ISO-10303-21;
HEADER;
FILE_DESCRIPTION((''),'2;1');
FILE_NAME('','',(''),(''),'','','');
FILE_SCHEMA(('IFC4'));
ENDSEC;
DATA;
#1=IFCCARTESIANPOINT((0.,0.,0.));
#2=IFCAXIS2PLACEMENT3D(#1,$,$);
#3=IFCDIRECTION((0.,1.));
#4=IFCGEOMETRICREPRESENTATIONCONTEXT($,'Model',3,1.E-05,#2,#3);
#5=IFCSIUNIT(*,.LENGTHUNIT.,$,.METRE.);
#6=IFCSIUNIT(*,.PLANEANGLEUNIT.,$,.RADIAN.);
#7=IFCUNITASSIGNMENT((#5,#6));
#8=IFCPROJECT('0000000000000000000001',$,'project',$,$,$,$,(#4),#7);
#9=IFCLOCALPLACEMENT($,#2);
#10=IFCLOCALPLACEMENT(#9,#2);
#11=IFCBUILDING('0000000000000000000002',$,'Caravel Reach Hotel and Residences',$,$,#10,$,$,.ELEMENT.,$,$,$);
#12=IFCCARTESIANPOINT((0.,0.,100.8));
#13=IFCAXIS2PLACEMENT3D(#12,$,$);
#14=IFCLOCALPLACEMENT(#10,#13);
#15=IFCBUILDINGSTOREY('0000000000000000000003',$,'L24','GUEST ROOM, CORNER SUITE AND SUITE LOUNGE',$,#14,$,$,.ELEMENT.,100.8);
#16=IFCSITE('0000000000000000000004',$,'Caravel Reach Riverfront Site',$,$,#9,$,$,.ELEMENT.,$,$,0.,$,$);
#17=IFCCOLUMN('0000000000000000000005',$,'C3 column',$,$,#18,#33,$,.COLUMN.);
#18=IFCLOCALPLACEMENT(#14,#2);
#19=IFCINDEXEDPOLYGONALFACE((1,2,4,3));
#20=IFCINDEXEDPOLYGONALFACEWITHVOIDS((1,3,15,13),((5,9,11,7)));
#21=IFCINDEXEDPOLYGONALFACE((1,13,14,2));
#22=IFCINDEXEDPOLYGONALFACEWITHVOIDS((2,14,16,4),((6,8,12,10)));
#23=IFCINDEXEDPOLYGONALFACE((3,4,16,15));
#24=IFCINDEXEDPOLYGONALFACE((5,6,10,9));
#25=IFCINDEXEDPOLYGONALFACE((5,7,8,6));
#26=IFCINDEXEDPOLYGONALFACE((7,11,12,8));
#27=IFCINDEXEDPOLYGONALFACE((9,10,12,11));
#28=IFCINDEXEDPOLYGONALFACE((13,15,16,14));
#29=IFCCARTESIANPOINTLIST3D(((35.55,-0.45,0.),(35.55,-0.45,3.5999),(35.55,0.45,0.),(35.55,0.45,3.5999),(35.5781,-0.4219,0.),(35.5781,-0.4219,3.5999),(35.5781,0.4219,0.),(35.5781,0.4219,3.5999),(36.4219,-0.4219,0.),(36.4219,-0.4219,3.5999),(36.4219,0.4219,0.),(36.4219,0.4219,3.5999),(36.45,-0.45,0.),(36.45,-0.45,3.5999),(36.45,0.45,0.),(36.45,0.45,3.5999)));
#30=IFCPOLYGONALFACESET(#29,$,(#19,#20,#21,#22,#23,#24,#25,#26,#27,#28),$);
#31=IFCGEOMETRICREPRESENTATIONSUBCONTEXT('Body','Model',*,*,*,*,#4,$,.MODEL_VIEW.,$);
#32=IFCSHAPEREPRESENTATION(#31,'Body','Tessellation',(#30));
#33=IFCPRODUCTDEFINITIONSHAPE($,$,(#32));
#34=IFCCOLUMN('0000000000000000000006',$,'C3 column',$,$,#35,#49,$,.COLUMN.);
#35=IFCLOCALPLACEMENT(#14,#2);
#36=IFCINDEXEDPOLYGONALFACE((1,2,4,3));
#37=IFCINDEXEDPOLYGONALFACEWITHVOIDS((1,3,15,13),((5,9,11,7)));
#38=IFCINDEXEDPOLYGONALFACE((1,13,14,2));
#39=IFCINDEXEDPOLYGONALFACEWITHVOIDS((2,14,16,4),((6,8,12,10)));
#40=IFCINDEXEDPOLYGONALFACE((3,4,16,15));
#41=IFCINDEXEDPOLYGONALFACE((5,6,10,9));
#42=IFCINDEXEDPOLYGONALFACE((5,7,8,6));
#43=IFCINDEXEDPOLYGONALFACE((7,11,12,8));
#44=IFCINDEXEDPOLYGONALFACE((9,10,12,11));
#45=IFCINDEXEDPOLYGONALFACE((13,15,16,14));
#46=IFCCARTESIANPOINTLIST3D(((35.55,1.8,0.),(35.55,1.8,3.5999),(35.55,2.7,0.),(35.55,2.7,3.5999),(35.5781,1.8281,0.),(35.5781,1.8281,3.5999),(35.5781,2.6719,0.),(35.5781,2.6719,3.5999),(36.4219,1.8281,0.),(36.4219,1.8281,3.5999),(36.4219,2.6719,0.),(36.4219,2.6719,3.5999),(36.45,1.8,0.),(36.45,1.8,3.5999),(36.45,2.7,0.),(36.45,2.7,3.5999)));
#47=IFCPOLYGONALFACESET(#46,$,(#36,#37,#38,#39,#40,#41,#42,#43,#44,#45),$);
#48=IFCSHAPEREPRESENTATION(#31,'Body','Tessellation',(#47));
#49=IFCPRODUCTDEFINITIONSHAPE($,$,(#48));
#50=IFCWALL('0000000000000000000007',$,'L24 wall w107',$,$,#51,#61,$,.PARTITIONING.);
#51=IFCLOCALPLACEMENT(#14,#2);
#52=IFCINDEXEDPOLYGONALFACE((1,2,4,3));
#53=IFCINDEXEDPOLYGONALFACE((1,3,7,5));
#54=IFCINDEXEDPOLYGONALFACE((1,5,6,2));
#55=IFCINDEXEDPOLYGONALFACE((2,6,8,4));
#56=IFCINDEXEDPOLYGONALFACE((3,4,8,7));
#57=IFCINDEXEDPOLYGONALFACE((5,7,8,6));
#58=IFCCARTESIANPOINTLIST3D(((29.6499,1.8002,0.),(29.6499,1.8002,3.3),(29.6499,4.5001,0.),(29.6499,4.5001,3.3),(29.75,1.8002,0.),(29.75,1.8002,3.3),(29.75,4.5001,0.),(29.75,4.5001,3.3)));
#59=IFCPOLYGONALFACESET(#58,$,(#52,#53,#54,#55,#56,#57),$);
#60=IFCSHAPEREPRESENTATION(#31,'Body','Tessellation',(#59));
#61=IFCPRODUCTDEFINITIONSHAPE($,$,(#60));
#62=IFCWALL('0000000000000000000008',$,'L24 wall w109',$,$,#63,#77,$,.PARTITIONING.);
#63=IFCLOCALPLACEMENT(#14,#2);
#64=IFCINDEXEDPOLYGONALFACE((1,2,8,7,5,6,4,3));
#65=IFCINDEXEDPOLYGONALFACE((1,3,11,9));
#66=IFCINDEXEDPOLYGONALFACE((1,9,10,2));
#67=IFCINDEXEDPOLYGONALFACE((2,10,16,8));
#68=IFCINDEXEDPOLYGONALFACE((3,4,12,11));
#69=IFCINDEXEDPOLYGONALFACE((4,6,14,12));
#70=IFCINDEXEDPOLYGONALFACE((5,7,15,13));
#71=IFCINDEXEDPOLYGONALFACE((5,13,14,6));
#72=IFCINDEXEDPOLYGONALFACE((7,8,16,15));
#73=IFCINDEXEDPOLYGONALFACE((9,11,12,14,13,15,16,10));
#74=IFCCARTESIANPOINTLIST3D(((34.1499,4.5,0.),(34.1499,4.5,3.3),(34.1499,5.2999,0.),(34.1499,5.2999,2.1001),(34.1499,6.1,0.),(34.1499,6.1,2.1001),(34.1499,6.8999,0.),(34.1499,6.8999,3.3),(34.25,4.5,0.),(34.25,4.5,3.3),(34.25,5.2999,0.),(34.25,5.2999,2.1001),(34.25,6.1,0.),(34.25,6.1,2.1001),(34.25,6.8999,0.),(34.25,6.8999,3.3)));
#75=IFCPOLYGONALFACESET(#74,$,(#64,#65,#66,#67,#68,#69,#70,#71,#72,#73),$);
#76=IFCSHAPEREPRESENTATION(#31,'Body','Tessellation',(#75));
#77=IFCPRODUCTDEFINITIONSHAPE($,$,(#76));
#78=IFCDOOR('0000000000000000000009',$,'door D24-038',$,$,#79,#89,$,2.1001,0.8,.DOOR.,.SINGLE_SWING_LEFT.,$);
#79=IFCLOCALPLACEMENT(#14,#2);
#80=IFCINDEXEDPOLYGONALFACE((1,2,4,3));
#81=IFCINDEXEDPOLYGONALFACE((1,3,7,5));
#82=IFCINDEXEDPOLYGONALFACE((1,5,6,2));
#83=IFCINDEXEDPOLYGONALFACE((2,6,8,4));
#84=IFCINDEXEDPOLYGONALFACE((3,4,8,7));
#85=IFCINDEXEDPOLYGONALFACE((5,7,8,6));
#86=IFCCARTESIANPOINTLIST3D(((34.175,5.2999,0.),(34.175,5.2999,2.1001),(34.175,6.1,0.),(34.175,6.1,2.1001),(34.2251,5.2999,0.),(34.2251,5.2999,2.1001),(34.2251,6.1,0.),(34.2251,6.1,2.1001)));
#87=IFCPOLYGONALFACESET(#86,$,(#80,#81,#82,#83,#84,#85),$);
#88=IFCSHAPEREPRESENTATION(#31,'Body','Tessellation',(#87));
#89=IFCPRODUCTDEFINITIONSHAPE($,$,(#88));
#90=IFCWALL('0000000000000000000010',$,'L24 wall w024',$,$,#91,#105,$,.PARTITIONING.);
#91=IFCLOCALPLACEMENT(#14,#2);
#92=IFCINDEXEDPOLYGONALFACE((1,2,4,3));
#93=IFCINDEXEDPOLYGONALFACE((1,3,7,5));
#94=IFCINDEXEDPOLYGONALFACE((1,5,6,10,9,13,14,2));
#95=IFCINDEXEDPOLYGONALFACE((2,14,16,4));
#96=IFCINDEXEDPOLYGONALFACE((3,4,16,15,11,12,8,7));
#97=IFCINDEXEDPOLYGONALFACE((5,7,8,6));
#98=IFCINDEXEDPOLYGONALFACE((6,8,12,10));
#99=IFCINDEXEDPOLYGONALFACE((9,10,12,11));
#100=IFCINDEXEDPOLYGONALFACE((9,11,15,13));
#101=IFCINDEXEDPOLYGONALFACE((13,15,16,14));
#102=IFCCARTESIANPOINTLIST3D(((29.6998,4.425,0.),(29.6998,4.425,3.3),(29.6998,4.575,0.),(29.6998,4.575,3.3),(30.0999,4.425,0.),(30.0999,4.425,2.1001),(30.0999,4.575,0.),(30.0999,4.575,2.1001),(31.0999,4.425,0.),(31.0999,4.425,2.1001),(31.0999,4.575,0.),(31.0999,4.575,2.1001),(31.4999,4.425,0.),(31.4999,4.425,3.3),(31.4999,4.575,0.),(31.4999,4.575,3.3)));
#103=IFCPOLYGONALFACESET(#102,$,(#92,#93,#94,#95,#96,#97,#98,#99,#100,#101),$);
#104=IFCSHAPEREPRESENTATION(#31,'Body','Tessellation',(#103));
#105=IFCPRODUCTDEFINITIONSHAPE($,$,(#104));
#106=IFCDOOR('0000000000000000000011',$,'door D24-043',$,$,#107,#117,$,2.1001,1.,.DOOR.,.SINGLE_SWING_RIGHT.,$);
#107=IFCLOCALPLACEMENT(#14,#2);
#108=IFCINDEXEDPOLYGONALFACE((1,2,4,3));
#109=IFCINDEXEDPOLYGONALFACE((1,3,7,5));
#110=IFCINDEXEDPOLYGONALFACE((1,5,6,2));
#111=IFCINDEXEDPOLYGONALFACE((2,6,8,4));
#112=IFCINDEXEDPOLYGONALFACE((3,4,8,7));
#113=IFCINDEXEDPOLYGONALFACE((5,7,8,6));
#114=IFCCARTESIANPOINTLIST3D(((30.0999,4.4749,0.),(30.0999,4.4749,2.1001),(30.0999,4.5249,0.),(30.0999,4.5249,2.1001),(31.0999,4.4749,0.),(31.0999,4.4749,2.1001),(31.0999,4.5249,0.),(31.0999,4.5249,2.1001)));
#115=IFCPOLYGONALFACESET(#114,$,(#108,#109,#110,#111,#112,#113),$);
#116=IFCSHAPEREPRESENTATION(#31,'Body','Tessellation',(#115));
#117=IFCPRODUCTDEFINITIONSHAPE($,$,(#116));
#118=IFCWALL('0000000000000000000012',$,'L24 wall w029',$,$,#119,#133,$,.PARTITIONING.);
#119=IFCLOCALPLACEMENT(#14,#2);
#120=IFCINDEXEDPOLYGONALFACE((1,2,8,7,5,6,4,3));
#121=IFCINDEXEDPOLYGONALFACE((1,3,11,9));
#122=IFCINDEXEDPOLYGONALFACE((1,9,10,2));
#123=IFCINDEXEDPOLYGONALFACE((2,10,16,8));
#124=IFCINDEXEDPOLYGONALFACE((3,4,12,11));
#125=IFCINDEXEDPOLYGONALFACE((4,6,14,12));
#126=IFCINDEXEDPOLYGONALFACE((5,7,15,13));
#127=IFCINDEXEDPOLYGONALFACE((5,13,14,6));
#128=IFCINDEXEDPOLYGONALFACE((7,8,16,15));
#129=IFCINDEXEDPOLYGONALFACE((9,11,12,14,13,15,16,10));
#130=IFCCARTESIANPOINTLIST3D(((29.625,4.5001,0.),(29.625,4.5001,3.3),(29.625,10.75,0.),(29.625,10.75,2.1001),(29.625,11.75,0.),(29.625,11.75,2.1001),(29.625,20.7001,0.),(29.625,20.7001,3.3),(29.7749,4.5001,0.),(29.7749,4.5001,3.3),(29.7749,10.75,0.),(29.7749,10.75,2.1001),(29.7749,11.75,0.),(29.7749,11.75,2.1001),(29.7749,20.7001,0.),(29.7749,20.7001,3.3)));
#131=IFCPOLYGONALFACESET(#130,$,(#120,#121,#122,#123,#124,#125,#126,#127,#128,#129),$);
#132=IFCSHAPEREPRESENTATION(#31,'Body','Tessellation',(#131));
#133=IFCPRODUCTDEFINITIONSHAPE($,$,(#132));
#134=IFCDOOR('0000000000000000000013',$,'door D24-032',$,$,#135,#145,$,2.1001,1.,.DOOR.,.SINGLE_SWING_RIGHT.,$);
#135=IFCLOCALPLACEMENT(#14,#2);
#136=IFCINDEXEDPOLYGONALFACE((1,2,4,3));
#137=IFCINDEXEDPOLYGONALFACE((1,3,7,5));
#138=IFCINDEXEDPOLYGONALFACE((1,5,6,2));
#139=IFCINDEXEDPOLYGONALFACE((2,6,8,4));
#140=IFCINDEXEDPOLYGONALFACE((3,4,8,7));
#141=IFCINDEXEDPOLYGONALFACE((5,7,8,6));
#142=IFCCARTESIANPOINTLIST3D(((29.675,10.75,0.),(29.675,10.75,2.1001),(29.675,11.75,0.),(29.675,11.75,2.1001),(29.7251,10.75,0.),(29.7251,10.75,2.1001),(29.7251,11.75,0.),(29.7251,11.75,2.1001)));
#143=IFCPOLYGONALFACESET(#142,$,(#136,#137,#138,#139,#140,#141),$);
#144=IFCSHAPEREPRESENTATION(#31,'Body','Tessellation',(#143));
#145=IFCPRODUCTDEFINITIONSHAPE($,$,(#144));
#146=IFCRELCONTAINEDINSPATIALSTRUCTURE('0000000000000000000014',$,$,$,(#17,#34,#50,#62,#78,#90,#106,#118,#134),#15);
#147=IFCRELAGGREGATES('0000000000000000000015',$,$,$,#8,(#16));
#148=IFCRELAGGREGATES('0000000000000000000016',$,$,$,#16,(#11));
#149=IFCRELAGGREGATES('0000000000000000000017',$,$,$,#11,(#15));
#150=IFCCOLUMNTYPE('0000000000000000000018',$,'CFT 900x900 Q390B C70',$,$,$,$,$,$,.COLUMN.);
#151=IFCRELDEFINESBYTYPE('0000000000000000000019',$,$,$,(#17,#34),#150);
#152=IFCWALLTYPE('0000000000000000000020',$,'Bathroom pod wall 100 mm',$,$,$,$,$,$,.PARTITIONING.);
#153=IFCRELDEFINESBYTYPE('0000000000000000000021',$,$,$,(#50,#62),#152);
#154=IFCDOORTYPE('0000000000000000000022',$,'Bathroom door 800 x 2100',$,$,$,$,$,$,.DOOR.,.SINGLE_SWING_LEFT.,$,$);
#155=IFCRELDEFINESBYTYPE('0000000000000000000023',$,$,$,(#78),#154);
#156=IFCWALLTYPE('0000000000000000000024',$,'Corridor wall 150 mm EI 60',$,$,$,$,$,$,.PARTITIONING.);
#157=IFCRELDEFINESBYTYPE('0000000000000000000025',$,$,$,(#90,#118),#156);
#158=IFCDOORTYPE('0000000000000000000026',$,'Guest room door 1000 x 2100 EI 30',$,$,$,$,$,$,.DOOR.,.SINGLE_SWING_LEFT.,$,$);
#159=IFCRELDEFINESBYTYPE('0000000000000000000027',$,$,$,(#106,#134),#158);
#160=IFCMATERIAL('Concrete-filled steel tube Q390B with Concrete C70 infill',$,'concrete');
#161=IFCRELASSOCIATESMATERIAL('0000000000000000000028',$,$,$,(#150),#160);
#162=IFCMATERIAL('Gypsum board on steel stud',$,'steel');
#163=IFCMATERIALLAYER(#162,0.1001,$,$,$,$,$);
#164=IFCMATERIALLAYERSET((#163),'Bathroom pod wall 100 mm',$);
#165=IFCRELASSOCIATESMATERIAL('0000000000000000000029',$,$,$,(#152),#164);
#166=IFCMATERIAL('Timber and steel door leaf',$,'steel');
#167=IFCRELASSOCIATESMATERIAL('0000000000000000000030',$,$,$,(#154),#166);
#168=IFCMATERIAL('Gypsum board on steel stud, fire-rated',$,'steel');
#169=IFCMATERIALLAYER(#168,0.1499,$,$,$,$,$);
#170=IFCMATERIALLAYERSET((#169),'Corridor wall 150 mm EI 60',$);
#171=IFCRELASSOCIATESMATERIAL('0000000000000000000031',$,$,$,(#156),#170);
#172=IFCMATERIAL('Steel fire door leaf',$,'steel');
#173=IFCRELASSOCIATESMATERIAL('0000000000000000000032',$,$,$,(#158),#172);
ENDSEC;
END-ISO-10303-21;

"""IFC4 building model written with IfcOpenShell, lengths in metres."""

from ifc_helpers import new_model, si_unit, direction, frame, frame_2d, origin, origin_2d, place, context, subcontext, project, spatial, rectangle, hollow_rectangle, extrude, material, layer, layer_set, material_profile, profile_set, type_object, element, fill, save


model = new_model("IFC4")

# Units and contexts
model_context = context("Model", 3, precision=1e-05, world=origin(), true_north=direction((0.0, 1.0)))
body_context = subcontext(model_context, "Body", "Model", "MODEL_VIEW")
ifc_project = project(units=[si_unit("LENGTHUNIT", "METRE"), si_unit("PLANEANGLEUNIT", "RADIAN")], contexts=[model_context])

# Site, building, storey
site_placement = place(None, origin())
site = spatial("IfcSite", under=ifc_project, at=site_placement, Name="Caravel Reach Riverfront Site", CompositionType="ELEMENT", RefElevation=0.0)
building_placement = place(site_placement, origin())
building = spatial("IfcBuilding", under=site, at=building_placement, Name="Caravel Reach Hotel and Residences", CompositionType="ELEMENT")
storey_placement = place(building_placement, frame((0.0, 0.0, 100.8)))
storey = spatial("IfcBuildingStorey", under=building, at=storey_placement, Name="L24", Description="GUEST ROOM, CORNER SUITE AND SUITE LOUNGE", CompositionType="ELEMENT", Elevation=100.8)

# Columns
ifc_material_1 = material(Name="Concrete-filled steel tube Q390B with Concrete C70 infill", Category="concrete")
ifc_material_profile = material_profile(ifc_material_1, hollow_rectangle(XDim=0.8999, YDim=0.8999, WallThickness=0.0281, at=origin_2d()), Name="RHS 900x900x28")
ifc_profile_set = profile_set([ifc_material_profile], Name="Concrete-filled steel tube Q390B with Concrete C70 infill")
column_type = type_object("IfcColumnType", Name="CFT 900x900 Q390B C70", PredefinedType="COLUMN", material=ifc_profile_set)
for number, where, z_axis, x_axis, name in (
    (1, (36.0, 0.0, 0.0), (0.0, 0.0, 1.0), (1.0, 0.0, 0.0), "C3 column"),
    (2, (36.0, 2.25, 0.0), (0.0, 0.0, 1.0), (1.0, 0.0, 0.0), "C3 column"),
):
    element("IfcColumn", number, at=place(storey_placement, frame(where, z_axis=z_axis, x_axis=x_axis)), inside=storey, type_object=column_type, Name=name, PredefinedType="COLUMN", context=body_context, shape_type="SweptSolid", body=[
        extrude(hollow_rectangle(XDim=0.8999, YDim=0.8999, WallThickness=0.0281, at=origin_2d()), origin(), (0.0, 0.0, 1.0), 3.5999),
    ])

# Wall
ifc_material_2 = material(Name="Gypsum board on steel stud", Category="steel")
ifc_layer_1 = layer(ifc_material_2, 0.1001)
ifc_layer_set_1 = layer_set([ifc_layer_1], Name="Bathroom pod wall 100 mm")
wall_type_1 = type_object("IfcWallType", Name="Bathroom pod wall 100 mm", PredefinedType="PARTITIONING", material=ifc_layer_set_1)
wall_1_placement = place(storey_placement, frame((29.7, 1.8, 0.0), z_axis=(0.0, 0.0, 1.0), x_axis=(0.0, 1.0, 0.0)))
element("IfcWall", 3, at=wall_1_placement, inside=storey, type_object=wall_type_1, Name="L24 wall w107", PredefinedType="PARTITIONING", context=body_context, shape_type="SweptSolid", body=[
    extrude(rectangle(XDim=2.7, YDim=0.1001, at=frame_2d((1.3501, 0.0))), origin(), (0.0, 0.0, 1.0), 3.3),
])

# Walls, openings, doors
wall_2_placement = place(storey_placement, frame((34.2, 4.5, 0.0), z_axis=(0.0, 0.0, 1.0), x_axis=(0.0, 1.0, 0.0)))
wall_2 = element("IfcWall", 4, at=wall_2_placement, inside=storey, type_object=wall_type_1, Name="L24 wall w109", PredefinedType="PARTITIONING", context=body_context, shape_type="SweptSolid", body=[
    extrude(rectangle(XDim=2.3999, YDim=0.1001, at=frame_2d((1.2, 0.0))), origin(), (0.0, 0.0, 1.0), 3.3),
])
opening_1_placement = place(wall_2_placement, frame((0.8, 0.0, 0.0)))
opening_1 = element("IfcOpeningElement", 5, at=opening_1_placement, cuts=wall_2, PredefinedType="OPENING", context=body_context, shape_type="SweptSolid", body=[
    extrude(rectangle(XDim=0.8, YDim=2.1001, at=frame_2d((0.3999, 1.05))), frame((0.0, 0.0601, 0.0), z_axis=(0.0, -1.0, 0.0), x_axis=(1.0, 0.0, 0.0)), (0.0, 0.0, 1.0), 0.1201),
])
ifc_material_3 = material(Name="Timber and steel door leaf", Category="steel")
door_type_1 = type_object("IfcDoorType", Name="Bathroom door 800 x 2100", OperationType="SINGLE_SWING_LEFT", PredefinedType="DOOR", material=ifc_material_3)
door_1_placement = place(opening_1_placement, origin())
door_1 = element("IfcDoor", 6, at=door_1_placement, inside=storey, type_object=door_type_1, Name="door D24-038", OperationType="SINGLE_SWING_LEFT", OverallHeight=2.1001, OverallWidth=0.8, PredefinedType="DOOR", context=body_context, shape_type="SweptSolid", body=[
    extrude(rectangle(XDim=0.8, YDim=2.1001, at=frame_2d((0.3999, 1.05))), frame((0.0, 0.0249, 0.0), z_axis=(0.0, -1.0, 0.0), x_axis=(1.0, 0.0, 0.0)), (0.0, 0.0, 1.0), 0.05),
])
fill(opening_1, door_1)
ifc_material_4 = material(Name="Gypsum board on steel stud, fire-rated", Category="steel")
ifc_layer_2 = layer(ifc_material_4, 0.1499)
ifc_layer_set_2 = layer_set([ifc_layer_2], Name="Corridor wall 150 mm EI 60")
wall_type_2 = type_object("IfcWallType", Name="Corridor wall 150 mm EI 60", PredefinedType="PARTITIONING", material=ifc_layer_set_2)
wall_3_placement = place(storey_placement, frame((29.7, 4.5, 0.0), z_axis=(0.0, 0.0, 1.0), x_axis=(1.0, 0.0, 0.0)))
wall_3 = element("IfcWall", 7, at=wall_3_placement, inside=storey, type_object=wall_type_2, Name="L24 wall w024", PredefinedType="PARTITIONING", context=body_context, shape_type="SweptSolid", body=[
    extrude(rectangle(XDim=1.8, YDim=0.1499, at=frame_2d((0.8999, 0.0))), origin(), (0.0, 0.0, 1.0), 3.3),
])
opening_2_placement = place(wall_3_placement, frame((0.3999, 0.0, 0.0)))
opening_2 = element("IfcOpeningElement", 8, at=opening_2_placement, cuts=wall_3, PredefinedType="OPENING", context=body_context, shape_type="SweptSolid", body=[
    extrude(rectangle(XDim=1.0, YDim=2.1001, at=frame_2d((0.5, 1.05))), frame((0.0, 0.085, 0.0), z_axis=(0.0, -1.0, 0.0), x_axis=(1.0, 0.0, 0.0)), (0.0, 0.0, 1.0), 0.1699),
])
ifc_material_5 = material(Name="Steel fire door leaf", Category="steel")
door_type_2 = type_object("IfcDoorType", Name="Guest room door 1000 x 2100 EI 30", OperationType="SINGLE_SWING_LEFT", PredefinedType="DOOR", material=ifc_material_5)
door_2_placement = place(opening_2_placement, origin())
door_2 = element("IfcDoor", 9, at=door_2_placement, inside=storey, type_object=door_type_2, Name="door D24-043", OperationType="SINGLE_SWING_RIGHT", OverallHeight=2.1001, OverallWidth=1.0, PredefinedType="DOOR", context=body_context, shape_type="SweptSolid", body=[
    extrude(rectangle(XDim=1.0, YDim=2.1001, at=frame_2d((0.5, 1.05))), frame((0.0, 0.0249, 0.0), z_axis=(0.0, -1.0, 0.0), x_axis=(1.0, 0.0, 0.0)), (0.0, 0.0, 1.0), 0.05),
])
fill(opening_2, door_2)
wall_4_placement = place(storey_placement, frame((29.7, 4.5, 0.0), z_axis=(0.0, 0.0, 1.0), x_axis=(0.0, 1.0, 0.0)))
wall_4 = element("IfcWall", 10, at=wall_4_placement, inside=storey, type_object=wall_type_2, Name="L24 wall w029", PredefinedType="PARTITIONING", context=body_context, shape_type="SweptSolid", body=[
    extrude(rectangle(XDim=16.2, YDim=0.1499, at=frame_2d((8.1001, 0.0))), origin(), (0.0, 0.0, 1.0), 3.3),
])
opening_3_placement = place(wall_4_placement, frame((6.25, 0.0, 0.0)))
opening_3 = element("IfcOpeningElement", 11, at=opening_3_placement, cuts=wall_4, PredefinedType="OPENING", context=body_context, shape_type="SweptSolid", body=[
    extrude(rectangle(XDim=1.0, YDim=2.1001, at=frame_2d((0.5, 1.05))), frame((0.0, 0.085, 0.0), z_axis=(0.0, -1.0, 0.0), x_axis=(1.0, 0.0, 0.0)), (0.0, 0.0, 1.0), 0.1699),
])
door_3_placement = place(opening_3_placement, origin())
door_3 = element("IfcDoor", 12, at=door_3_placement, inside=storey, type_object=door_type_2, Name="door D24-032", OperationType="SINGLE_SWING_RIGHT", OverallHeight=2.1001, OverallWidth=1.0, PredefinedType="DOOR", context=body_context, shape_type="SweptSolid", body=[
    extrude(rectangle(XDim=1.0, YDim=2.1001, at=frame_2d((0.5, 1.05))), frame((0.0, 0.0249, 0.0), z_axis=(0.0, -1.0, 0.0), x_axis=(1.0, 0.0, 0.0)), (0.0, 0.0, 1.0), 0.05),
])
fill(opening_3, door_3)

save(model, "model.ifc")
